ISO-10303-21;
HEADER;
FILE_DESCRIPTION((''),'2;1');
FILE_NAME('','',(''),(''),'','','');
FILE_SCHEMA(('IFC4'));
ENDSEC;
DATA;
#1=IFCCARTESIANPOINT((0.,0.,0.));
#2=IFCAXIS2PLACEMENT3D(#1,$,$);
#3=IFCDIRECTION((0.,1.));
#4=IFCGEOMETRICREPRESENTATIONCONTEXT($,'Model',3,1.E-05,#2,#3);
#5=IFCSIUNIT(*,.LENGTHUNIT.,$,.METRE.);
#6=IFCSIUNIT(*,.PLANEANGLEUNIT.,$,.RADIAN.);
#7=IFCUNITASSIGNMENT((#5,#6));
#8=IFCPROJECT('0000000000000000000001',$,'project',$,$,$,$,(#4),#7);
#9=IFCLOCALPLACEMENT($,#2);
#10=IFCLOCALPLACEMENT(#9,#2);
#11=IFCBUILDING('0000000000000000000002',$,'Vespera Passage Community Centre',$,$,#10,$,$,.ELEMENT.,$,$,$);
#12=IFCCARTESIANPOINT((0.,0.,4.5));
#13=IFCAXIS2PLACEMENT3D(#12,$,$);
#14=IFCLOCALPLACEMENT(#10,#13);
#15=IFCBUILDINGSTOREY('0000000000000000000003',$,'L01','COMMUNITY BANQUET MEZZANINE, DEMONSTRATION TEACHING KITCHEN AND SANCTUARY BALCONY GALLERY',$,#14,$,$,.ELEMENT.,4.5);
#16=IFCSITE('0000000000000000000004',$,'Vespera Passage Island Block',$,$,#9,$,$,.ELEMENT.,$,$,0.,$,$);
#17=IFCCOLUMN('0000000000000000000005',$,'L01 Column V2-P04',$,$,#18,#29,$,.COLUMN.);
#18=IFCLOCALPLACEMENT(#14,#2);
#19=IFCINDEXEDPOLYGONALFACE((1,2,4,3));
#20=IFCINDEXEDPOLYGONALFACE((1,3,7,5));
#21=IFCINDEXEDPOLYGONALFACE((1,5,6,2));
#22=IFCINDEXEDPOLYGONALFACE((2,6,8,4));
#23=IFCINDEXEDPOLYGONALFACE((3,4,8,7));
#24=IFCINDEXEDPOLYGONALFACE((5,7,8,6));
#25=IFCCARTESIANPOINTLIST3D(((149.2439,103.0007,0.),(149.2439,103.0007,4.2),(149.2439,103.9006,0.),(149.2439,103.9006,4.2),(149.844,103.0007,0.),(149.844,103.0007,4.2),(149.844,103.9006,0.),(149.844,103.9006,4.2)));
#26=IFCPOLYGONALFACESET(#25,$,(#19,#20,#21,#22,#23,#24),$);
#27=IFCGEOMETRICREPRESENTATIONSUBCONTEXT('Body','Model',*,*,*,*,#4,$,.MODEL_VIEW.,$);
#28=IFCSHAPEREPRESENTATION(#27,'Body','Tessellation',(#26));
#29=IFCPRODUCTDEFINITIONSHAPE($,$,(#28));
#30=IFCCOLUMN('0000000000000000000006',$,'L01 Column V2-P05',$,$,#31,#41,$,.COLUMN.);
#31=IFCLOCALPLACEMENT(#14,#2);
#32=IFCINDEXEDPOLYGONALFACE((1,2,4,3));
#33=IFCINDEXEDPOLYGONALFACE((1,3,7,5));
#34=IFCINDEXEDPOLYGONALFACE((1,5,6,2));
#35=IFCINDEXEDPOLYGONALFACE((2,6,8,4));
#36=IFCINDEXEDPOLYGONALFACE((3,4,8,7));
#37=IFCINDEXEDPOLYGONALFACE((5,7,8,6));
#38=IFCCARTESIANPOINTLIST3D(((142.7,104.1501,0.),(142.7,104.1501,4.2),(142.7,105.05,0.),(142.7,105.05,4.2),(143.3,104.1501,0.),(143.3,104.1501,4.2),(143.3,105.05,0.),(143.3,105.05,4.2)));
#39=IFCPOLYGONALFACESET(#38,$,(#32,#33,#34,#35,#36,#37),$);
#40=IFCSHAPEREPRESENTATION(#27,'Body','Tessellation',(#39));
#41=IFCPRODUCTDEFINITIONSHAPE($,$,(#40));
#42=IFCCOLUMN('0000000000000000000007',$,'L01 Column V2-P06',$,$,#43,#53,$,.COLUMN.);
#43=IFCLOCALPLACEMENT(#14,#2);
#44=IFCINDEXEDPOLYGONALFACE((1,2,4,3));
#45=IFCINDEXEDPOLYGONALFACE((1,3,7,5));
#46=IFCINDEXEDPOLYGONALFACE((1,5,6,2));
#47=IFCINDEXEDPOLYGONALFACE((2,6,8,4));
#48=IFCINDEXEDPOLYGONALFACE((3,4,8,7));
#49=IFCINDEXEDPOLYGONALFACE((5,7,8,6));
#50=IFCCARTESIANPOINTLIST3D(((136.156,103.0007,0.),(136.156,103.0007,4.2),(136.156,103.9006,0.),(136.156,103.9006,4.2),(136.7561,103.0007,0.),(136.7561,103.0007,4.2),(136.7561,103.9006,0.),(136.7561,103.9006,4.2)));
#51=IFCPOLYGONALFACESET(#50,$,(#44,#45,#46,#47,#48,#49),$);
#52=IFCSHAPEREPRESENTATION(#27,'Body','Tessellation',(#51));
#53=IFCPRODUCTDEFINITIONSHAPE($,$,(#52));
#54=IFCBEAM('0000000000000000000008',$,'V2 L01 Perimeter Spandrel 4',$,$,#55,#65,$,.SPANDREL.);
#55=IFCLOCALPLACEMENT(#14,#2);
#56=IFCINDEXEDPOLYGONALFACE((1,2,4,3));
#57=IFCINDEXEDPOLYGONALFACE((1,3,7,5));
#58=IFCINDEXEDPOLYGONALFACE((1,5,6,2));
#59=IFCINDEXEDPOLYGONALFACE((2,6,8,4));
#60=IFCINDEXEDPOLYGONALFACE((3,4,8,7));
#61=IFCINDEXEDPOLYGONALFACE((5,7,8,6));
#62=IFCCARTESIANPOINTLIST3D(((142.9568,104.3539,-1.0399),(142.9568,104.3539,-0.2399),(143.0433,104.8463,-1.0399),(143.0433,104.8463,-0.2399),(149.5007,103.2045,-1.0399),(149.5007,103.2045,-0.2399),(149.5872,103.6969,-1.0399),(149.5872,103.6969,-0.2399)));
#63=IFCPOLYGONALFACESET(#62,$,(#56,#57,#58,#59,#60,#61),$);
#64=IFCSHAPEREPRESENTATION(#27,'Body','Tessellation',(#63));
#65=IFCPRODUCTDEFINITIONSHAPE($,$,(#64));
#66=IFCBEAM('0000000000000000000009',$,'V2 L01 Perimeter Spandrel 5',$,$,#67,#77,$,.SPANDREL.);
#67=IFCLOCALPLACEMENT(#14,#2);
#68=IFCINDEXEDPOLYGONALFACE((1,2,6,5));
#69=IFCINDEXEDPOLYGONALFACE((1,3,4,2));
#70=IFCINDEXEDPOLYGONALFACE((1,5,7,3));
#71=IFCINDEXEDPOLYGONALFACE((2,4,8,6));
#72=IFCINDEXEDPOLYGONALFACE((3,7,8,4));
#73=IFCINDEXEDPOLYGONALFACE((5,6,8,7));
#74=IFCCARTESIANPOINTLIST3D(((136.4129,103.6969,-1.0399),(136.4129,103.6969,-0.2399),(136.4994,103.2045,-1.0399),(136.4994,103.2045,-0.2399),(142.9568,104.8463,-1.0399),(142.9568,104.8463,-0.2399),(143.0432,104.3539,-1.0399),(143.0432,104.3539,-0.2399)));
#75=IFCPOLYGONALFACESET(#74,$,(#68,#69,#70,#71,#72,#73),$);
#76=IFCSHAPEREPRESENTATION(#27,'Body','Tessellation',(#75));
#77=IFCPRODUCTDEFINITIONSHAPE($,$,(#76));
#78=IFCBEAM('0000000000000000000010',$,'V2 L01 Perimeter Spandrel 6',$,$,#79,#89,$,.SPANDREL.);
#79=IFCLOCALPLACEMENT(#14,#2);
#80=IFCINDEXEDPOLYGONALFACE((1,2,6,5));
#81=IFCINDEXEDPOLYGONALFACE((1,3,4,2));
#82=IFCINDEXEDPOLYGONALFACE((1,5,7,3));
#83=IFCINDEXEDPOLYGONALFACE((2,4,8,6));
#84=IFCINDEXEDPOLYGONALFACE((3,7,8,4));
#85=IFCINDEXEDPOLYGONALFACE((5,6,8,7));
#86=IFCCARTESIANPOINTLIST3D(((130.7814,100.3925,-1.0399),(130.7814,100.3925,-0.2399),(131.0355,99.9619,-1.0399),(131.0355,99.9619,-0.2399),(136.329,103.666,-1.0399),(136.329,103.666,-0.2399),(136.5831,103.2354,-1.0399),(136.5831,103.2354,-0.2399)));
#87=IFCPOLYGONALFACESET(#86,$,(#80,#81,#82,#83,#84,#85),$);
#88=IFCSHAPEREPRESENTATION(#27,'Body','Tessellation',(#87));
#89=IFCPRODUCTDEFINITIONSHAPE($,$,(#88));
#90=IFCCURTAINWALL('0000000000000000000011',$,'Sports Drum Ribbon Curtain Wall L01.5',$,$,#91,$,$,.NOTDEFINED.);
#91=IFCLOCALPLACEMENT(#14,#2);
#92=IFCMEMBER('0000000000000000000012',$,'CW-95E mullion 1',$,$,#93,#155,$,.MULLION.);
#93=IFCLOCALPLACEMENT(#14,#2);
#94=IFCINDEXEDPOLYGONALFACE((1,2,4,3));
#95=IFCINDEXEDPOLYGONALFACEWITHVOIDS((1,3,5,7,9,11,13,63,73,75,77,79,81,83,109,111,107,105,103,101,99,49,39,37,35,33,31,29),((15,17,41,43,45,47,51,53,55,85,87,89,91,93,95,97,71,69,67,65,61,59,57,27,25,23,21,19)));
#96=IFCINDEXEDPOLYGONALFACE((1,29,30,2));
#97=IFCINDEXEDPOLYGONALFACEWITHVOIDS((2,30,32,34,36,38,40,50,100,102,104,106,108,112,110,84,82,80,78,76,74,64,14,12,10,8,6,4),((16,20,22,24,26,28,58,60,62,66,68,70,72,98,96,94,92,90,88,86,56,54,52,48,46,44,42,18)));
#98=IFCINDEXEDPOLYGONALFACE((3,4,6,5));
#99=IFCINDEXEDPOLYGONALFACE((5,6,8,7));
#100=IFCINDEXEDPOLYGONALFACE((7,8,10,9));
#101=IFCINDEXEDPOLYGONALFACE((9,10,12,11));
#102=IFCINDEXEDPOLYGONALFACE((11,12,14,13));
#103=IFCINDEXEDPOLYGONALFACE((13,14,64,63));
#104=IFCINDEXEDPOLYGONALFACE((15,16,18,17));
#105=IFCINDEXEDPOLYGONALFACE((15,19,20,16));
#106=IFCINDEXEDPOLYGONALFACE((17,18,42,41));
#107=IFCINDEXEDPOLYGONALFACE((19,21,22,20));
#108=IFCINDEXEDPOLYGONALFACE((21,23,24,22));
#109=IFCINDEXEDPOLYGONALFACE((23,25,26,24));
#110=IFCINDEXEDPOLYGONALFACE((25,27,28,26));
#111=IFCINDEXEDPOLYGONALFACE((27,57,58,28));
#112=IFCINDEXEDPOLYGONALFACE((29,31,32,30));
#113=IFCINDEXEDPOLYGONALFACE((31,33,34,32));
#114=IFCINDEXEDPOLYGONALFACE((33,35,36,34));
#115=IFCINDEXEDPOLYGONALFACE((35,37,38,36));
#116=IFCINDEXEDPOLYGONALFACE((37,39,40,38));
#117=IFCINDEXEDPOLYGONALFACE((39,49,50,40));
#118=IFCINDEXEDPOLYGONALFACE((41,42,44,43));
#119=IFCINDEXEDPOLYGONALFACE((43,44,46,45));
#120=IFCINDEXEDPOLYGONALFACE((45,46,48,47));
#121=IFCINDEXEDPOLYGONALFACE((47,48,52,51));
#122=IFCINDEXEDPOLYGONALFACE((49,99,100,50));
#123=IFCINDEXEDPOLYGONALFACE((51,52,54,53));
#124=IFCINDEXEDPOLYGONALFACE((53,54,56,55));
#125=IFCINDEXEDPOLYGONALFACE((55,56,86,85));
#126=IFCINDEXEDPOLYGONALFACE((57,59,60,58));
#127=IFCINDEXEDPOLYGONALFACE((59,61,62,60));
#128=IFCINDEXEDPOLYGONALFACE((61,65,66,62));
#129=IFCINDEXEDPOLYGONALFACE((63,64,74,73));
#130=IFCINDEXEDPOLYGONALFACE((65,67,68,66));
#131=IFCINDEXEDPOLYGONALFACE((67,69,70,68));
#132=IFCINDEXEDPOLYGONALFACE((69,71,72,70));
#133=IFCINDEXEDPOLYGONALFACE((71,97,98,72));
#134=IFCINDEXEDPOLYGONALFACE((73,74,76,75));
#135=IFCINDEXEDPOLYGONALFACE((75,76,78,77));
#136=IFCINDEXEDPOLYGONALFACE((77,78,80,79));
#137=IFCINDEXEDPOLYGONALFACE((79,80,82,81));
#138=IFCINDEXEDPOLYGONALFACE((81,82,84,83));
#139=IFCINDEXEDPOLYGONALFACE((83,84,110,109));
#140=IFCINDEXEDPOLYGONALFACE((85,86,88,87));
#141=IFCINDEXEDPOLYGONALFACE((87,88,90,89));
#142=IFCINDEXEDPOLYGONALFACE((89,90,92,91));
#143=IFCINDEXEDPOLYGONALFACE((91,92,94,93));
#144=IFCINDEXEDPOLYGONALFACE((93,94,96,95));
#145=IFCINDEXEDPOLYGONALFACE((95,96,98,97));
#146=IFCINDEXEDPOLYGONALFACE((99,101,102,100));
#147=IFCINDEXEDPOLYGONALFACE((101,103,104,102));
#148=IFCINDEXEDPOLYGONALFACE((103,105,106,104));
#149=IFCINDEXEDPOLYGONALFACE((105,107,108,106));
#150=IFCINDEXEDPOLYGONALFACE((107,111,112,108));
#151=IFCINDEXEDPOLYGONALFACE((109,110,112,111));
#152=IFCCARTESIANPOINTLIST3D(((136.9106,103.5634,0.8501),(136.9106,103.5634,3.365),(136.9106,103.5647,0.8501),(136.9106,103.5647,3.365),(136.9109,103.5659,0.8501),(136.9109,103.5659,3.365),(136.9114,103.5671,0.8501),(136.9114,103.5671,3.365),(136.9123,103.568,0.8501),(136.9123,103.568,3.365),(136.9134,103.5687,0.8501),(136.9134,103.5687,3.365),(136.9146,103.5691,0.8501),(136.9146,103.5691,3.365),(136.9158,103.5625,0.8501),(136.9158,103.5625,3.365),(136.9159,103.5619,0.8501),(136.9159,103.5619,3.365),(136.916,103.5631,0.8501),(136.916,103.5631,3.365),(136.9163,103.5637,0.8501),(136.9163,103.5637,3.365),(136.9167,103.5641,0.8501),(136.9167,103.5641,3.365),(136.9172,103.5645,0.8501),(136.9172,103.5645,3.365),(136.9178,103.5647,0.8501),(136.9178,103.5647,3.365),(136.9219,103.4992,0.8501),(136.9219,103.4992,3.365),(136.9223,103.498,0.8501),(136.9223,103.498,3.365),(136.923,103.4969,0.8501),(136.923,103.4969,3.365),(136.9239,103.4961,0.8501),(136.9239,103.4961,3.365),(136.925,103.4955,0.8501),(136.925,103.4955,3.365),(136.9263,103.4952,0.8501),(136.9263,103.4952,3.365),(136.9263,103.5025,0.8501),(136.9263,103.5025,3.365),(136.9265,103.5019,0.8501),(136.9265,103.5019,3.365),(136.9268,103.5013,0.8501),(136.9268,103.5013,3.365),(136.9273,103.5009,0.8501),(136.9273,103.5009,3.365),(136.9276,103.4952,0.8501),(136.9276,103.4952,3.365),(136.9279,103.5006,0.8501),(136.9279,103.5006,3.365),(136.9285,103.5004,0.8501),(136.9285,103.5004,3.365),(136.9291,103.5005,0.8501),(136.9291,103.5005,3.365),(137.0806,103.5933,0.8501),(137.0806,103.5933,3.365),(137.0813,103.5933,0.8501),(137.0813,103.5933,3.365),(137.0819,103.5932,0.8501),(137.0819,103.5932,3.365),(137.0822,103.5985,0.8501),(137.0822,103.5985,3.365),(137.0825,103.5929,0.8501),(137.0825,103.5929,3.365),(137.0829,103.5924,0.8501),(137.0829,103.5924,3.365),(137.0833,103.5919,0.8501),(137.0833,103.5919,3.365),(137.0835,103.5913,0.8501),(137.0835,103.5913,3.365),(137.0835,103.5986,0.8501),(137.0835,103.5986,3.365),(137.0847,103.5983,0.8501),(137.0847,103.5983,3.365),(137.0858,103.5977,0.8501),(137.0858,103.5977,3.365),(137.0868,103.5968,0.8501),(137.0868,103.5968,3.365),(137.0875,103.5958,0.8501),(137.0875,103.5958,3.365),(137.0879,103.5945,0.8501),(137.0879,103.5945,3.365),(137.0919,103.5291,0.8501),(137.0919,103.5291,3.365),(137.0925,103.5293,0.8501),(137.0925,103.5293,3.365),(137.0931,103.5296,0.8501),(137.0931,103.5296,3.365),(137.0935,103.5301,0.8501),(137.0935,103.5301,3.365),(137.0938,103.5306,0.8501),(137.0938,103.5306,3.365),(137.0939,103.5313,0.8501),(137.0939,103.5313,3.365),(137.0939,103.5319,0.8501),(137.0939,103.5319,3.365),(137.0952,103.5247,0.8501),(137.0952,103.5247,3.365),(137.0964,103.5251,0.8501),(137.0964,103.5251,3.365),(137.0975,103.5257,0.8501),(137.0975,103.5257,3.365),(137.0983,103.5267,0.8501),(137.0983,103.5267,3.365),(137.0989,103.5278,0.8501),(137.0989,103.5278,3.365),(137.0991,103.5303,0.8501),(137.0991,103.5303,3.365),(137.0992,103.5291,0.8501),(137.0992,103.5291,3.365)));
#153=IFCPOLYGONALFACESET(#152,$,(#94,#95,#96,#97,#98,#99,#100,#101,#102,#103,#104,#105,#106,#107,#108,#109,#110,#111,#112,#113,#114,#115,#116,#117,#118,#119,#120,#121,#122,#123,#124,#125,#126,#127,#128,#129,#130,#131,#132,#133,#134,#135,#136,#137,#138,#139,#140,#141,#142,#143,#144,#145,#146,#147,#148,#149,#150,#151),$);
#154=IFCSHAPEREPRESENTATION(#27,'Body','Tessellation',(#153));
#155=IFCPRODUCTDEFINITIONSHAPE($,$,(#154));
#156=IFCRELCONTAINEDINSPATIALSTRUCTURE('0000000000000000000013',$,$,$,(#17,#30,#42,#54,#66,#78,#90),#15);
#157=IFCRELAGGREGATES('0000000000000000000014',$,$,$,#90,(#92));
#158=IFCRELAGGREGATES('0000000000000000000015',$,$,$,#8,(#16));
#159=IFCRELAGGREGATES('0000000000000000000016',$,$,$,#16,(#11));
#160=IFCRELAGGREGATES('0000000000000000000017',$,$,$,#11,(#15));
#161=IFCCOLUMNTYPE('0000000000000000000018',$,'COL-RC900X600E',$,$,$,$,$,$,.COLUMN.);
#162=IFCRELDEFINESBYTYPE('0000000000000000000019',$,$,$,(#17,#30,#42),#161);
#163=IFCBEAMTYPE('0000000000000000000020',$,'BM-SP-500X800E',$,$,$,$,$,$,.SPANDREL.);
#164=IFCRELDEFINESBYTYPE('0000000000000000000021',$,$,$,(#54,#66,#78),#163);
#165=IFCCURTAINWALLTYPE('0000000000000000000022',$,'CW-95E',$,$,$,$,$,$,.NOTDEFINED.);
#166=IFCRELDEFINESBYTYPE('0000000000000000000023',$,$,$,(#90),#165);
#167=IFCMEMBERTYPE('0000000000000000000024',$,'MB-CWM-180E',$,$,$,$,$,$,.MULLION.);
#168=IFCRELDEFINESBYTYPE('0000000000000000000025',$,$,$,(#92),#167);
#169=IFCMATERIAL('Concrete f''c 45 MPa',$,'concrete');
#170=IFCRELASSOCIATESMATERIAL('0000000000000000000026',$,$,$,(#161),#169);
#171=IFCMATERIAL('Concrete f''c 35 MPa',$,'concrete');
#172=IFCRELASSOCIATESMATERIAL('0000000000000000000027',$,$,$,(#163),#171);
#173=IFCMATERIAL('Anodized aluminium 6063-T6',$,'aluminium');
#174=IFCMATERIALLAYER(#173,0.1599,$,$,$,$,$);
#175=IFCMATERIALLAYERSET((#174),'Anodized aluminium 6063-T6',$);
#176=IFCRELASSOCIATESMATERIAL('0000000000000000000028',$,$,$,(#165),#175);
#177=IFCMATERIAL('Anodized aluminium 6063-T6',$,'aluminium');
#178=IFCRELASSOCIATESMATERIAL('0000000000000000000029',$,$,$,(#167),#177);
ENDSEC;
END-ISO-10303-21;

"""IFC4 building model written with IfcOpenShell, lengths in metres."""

from ifc_helpers import new_model, si_unit, direction, frame, origin, origin_2d, place, context, subcontext, project, spatial, rectangle, hollow_rectangle, extrude, material, layer, layer_set, material_profile, profile_set, type_object, element, aggregate, save


model = new_model("IFC4")

# Units and contexts
model_context = context("Model", 3, precision=1e-05, world=origin(), true_north=direction((0.0, 1.0)))
body_context = subcontext(model_context, "Body", "Model", "MODEL_VIEW")
ifc_project = project(units=[si_unit("LENGTHUNIT", "METRE"), si_unit("PLANEANGLEUNIT", "RADIAN")], contexts=[model_context])

# Site, building, storey
site_placement = place(None, origin())
site = spatial("IfcSite", under=ifc_project, at=site_placement, Name="Vespera Passage Island Block", CompositionType="ELEMENT", RefElevation=0.0)
building_placement = place(site_placement, origin())
building = spatial("IfcBuilding", under=site, at=building_placement, Name="Vespera Passage Community Centre", CompositionType="ELEMENT")
storey_placement = place(building_placement, frame((0.0, 0.0, 4.5)))
storey = spatial("IfcBuildingStorey", under=building, at=storey_placement, Name="L01", Description="COMMUNITY BANQUET MEZZANINE, DEMONSTRATION TEACHING KITCHEN AND SANCTUARY BALCONY GALLERY", CompositionType="ELEMENT", Elevation=4.5)

# Columns
ifc_material_1 = material(Name="Concrete f'c 45 MPa", Category="concrete")
ifc_material_profile_1 = material_profile(ifc_material_1, rectangle(XDim=0.6001, YDim=0.8999, at=origin_2d()), Name="RC900X600")
ifc_profile_set_1 = profile_set([ifc_material_profile_1], Name="Concrete f'c 45 MPa")
column_type = type_object("IfcColumnType", Name="COL-RC900X600E", PredefinedType="COLUMN", material=ifc_profile_set_1)
for number, where, z_axis, x_axis, name in (
    (1, (149.5439, 103.4507, 0.0), (0.0, 0.0, 1.0), (1.0, 0.0, 0.0), "L01 Column V2-P04"),
    (2, (143.0, 104.6001, 0.0), (0.0, 0.0, 1.0), (1.0, 0.0, 0.0), "L01 Column V2-P05"),
    (3, (136.4561, 103.4507, 0.0), (0.0, 0.0, 1.0), (1.0, 0.0, 0.0), "L01 Column V2-P06"),
):
    element("IfcColumn", number, at=place(storey_placement, frame(where, z_axis=z_axis, x_axis=x_axis)), inside=storey, type_object=column_type, Name=name, PredefinedType="COLUMN", context=body_context, shape_type="SweptSolid", body=[
        extrude(rectangle(XDim=0.6001, YDim=0.8999, at=origin_2d()), origin(), (0.0, 0.0, 1.0), 4.2),
    ])

# Beams
ifc_material_2 = material(Name="Concrete f'c 35 MPa", Category="concrete")
ifc_material_profile_2 = material_profile(ifc_material_2, rectangle(XDim=0.5, YDim=0.8, at=origin_2d()), Name="RC500X800")
ifc_profile_set_2 = profile_set([ifc_material_profile_2], Name="Concrete f'c 35 MPa")
beam_type = type_object("IfcBeamType", Name="BM-SP-500X800E", PredefinedType="SPANDREL", material=ifc_profile_set_2)
for number, where, z_axis, x_axis, name in (
    (4, (149.5439, 103.4507, -0.6399), (-0.984922, 0.172997, 0.0), (-0.172997, -0.984922, 0.0), "V2 L01 Perimeter Spandrel 4"),
    (5, (143.0, 104.6001, -0.6399), (-0.984922, -0.172997, 0.0), (0.172997, -0.984922, 0.0), "V2 L01 Perimeter Spandrel 5"),
):
    element("IfcBeam", number, at=place(storey_placement, frame(where, z_axis=z_axis, x_axis=x_axis)), inside=storey, type_object=beam_type, Name=name, PredefinedType="SPANDREL", context=body_context, shape_type="SweptSolid", body=[
        extrude(rectangle(XDim=0.5, YDim=0.8, at=origin_2d()), origin(), (0.0, 0.0, 1.0), 6.644),
    ])
beam_placement = place(storey_placement, frame((136.4561, 103.4507, -0.6399), z_axis=(-0.861246, -0.508189, 0.0), x_axis=(0.508189, -0.861246, 0.0)))
element("IfcBeam", 6, at=beam_placement, inside=storey, type_object=beam_type, Name="V2 L01 Perimeter Spandrel 6", PredefinedType="SPANDREL", context=body_context, shape_type="SweptSolid", body=[
    extrude(rectangle(XDim=0.5, YDim=0.8, at=origin_2d()), origin(), (0.0, 0.0, 1.0), 6.4414),
])

# Curtain wall, member
ifc_material_3 = material(Name="Anodized aluminium 6063-T6", Category="aluminium")
ifc_layer_1 = layer(ifc_material_3, 0.1599)
ifc_layer_set_1 = layer_set([ifc_layer_1], Name="Anodized aluminium 6063-T6")
curtain_wall_type = type_object("IfcCurtainWallType", Name="CW-95E", PredefinedType="NOTDEFINED", material=ifc_layer_set_1)
curtain_wall_placement = place(storey_placement, origin())
curtain_wall = element("IfcCurtainWall", 7, at=curtain_wall_placement, inside=storey, type_object=curtain_wall_type, Name="Sports Drum Ribbon Curtain Wall L01.5", PredefinedType="NOTDEFINED")
ifc_material_4 = material(Name="Anodized aluminium 6063-T6", Category="aluminium")
ifc_material_profile_3 = material_profile(ifc_material_4, hollow_rectangle(XDim=0.075, YDim=0.1799, WallThickness=0.0049, InnerFilletRadius=0.0024, OuterFilletRadius=0.0049, at=origin_2d()), Name="ALU180X75X5")
ifc_profile_set_3 = profile_set([ifc_material_profile_3], Name="Anodized aluminium 6063-T6")
member_type_1 = type_object("IfcMemberType", Name="MB-CWM-180E", PredefinedType="MULLION", material=ifc_profile_set_3)
member_1_placement = place(storey_placement, frame((137.0049, 103.5469, 0.8501), z_axis=(0.0, 0.0, 1.0), x_axis=(-0.172994, 0.984923, 0.0)))
member_1 = element("IfcMember", 8, at=member_1_placement, type_object=member_type_1, Name="CW-95E mullion 1", PredefinedType="MULLION", context=body_context, shape_type="SweptSolid", body=[
    extrude(hollow_rectangle(XDim=0.075, YDim=0.1799, WallThickness=0.0049, InnerFilletRadius=0.0024, OuterFilletRadius=0.0049, at=origin_2d()), origin(), (0.0, 0.0, 1.0), 2.5149),
])
aggregate(curtain_wall, [member_1])

save(model, "model.ifc")
